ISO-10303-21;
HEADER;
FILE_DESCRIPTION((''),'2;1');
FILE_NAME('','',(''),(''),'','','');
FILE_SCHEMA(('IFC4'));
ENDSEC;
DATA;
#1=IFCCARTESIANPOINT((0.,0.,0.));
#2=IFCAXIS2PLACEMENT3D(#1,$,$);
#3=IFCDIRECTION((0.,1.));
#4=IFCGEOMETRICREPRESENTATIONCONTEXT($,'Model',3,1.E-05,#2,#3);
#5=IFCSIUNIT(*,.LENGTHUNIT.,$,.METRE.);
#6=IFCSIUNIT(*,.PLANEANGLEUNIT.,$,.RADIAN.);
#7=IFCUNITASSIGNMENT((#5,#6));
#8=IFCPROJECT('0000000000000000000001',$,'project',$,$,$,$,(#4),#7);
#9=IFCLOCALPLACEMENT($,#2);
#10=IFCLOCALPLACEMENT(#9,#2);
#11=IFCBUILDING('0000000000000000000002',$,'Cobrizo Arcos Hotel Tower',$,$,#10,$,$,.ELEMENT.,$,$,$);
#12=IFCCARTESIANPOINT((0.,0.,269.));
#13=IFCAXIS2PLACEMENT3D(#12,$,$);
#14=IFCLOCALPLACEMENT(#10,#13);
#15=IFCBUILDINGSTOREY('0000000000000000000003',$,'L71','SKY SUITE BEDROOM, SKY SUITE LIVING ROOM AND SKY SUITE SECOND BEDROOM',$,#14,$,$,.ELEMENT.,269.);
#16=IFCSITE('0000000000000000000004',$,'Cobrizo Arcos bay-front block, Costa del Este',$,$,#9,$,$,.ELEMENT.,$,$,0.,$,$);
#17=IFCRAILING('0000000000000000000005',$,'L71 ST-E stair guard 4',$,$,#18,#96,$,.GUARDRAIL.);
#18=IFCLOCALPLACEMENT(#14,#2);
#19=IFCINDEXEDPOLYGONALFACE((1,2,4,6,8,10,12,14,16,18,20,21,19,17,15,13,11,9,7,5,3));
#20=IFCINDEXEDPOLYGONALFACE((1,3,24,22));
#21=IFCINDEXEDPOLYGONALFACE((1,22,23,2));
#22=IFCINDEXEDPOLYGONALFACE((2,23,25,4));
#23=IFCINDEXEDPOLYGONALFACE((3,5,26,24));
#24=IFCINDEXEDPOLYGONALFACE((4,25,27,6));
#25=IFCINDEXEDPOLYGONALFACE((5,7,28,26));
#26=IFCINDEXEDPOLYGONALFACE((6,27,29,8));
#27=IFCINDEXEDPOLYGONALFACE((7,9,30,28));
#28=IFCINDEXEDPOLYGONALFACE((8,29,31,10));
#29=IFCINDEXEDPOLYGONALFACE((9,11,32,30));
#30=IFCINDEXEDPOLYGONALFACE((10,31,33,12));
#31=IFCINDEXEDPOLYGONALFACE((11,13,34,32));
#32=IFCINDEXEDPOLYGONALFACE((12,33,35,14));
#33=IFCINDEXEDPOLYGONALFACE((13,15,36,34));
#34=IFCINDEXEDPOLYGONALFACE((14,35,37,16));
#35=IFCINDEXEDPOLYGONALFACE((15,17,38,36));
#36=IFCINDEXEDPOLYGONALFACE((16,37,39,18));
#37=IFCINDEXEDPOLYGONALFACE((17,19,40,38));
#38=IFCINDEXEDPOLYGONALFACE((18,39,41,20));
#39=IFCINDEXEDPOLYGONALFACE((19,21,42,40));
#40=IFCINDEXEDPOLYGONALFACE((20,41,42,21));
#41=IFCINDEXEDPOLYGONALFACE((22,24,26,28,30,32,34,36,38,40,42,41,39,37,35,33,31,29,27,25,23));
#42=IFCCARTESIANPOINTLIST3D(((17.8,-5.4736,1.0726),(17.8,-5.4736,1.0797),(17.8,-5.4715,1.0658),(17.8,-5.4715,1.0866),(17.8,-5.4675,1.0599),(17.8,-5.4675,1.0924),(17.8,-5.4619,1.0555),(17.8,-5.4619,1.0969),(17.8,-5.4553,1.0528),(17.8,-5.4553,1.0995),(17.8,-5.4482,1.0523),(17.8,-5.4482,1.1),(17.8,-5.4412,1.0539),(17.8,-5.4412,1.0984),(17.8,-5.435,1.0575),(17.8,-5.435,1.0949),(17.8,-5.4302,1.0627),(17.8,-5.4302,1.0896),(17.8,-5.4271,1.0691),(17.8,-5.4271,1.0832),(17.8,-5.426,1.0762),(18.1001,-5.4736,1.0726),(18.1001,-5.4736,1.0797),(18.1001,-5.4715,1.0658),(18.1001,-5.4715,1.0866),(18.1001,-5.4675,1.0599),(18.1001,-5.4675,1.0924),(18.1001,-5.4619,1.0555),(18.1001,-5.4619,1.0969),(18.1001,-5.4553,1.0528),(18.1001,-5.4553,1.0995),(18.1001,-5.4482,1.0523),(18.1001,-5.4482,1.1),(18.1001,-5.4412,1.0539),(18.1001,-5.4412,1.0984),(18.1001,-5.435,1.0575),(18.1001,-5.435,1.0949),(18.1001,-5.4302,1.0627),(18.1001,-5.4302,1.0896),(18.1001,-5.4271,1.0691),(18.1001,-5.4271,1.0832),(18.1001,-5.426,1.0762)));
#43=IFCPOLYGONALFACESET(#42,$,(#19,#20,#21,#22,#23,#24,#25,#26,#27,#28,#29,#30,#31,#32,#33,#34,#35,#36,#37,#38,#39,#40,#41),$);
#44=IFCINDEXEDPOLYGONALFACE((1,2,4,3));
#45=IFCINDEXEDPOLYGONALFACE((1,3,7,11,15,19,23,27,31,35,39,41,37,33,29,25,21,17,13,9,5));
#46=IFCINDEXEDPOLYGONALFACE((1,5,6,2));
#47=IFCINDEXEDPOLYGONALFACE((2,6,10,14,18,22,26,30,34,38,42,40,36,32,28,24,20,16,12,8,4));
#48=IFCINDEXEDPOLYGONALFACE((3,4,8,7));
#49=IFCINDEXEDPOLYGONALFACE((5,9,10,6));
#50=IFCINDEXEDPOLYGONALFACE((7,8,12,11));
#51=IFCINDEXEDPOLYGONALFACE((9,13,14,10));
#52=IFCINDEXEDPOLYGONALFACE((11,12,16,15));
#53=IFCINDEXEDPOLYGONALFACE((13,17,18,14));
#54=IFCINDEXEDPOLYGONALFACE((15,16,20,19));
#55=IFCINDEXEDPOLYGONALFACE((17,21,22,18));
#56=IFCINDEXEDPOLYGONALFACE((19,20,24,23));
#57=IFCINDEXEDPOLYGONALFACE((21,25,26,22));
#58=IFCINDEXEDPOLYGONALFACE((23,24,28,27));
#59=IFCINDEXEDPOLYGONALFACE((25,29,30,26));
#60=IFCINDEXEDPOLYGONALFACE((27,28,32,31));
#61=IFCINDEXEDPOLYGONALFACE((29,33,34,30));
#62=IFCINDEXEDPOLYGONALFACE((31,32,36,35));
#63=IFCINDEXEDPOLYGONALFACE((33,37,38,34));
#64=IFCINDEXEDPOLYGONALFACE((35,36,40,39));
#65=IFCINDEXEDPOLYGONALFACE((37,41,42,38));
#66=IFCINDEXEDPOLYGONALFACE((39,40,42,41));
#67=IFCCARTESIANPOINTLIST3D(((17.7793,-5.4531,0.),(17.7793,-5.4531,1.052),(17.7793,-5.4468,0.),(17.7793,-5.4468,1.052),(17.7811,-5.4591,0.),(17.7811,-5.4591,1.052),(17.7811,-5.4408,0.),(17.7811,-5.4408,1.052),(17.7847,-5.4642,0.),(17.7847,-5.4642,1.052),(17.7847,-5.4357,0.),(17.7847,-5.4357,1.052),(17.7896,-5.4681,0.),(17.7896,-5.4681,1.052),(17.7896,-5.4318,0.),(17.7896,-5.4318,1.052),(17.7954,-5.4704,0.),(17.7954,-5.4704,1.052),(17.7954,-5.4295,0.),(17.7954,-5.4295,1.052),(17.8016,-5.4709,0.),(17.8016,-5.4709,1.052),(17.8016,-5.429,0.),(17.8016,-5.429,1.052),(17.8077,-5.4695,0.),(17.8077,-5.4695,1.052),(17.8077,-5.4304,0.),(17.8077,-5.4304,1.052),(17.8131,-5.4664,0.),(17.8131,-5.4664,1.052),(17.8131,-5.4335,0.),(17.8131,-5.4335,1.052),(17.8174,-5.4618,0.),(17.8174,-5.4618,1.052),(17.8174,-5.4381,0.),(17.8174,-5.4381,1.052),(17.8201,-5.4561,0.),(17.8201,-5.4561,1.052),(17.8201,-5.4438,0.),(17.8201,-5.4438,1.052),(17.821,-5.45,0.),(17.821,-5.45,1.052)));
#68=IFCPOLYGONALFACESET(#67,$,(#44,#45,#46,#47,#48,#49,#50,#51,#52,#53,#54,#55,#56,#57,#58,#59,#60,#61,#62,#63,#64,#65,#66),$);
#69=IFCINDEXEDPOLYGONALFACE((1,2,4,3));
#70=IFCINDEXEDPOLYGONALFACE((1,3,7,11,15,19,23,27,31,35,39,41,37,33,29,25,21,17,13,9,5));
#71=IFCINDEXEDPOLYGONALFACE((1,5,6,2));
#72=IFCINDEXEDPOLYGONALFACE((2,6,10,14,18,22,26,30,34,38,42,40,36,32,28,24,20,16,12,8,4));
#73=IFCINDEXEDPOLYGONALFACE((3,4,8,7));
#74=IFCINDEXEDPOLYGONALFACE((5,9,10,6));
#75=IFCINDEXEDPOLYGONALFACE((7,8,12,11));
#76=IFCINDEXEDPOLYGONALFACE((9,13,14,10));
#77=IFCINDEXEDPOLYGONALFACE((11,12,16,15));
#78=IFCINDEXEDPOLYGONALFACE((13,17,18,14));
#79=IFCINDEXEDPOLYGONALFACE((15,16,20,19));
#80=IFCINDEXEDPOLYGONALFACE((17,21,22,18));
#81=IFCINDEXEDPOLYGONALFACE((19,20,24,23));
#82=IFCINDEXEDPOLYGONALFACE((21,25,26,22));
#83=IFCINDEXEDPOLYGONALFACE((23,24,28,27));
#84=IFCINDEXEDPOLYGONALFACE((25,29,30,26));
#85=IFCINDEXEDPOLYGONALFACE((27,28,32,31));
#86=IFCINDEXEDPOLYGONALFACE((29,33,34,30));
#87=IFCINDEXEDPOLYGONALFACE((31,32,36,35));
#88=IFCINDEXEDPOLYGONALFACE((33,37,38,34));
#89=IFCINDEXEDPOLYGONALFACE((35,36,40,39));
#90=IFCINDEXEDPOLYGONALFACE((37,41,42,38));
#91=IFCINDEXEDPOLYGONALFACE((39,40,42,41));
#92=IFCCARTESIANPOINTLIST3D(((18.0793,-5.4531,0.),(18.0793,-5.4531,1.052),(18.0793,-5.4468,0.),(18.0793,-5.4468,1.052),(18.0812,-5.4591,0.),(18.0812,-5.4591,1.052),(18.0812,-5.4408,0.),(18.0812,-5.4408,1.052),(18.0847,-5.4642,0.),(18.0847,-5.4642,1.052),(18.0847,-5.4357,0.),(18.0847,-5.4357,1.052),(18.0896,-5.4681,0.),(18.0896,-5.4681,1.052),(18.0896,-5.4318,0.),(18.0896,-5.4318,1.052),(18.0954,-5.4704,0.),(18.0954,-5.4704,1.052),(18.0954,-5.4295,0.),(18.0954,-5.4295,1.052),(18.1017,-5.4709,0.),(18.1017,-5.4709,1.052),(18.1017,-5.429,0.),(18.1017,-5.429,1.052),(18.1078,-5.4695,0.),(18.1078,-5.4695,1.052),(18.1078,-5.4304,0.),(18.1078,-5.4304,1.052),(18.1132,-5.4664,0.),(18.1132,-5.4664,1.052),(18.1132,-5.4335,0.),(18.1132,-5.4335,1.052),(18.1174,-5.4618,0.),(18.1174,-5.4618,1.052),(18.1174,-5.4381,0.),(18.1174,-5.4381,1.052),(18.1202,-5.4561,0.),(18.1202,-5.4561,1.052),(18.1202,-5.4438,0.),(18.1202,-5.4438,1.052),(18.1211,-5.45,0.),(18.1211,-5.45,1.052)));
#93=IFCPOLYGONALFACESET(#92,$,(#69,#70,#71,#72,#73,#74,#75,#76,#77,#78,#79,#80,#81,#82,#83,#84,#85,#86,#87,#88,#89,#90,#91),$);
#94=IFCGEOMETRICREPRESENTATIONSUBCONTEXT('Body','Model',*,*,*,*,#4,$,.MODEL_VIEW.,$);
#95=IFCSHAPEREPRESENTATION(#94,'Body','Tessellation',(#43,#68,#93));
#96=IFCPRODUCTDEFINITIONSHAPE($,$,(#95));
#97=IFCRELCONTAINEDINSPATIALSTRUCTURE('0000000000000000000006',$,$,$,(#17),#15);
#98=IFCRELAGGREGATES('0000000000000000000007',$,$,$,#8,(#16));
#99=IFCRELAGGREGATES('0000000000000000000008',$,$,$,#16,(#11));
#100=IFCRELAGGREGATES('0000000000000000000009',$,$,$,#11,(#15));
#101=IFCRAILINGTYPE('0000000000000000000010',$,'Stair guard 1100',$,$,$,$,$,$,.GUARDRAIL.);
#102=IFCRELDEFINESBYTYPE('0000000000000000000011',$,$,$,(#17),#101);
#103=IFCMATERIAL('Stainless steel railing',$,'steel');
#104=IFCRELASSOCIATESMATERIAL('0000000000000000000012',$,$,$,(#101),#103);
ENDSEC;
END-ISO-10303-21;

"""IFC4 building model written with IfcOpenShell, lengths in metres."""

from ifc_helpers import new_model, si_unit, direction, frame, origin, origin_2d, place, context, subcontext, project, spatial, circle, extrude, material, type_object, element, save


model = new_model("IFC4")

# Units and contexts
model_context = context("Model", 3, precision=1e-05, world=origin(), true_north=direction((0.0, 1.0)))
body_context = subcontext(model_context, "Body", "Model", "MODEL_VIEW")
ifc_project = project(units=[si_unit("LENGTHUNIT", "METRE"), si_unit("PLANEANGLEUNIT", "RADIAN")], contexts=[model_context])

# Site, building, storey
site_placement = place(None, origin())
site = spatial("IfcSite", under=ifc_project, at=site_placement, Name="Cobrizo Arcos bay-front block, Costa del Este", CompositionType="ELEMENT", RefElevation=0.0)
building_placement = place(site_placement, origin())
building = spatial("IfcBuilding", under=site, at=building_placement, Name="Cobrizo Arcos Hotel Tower", CompositionType="ELEMENT")
storey_placement = place(building_placement, frame((0.0, 0.0, 269.0)))
storey = spatial("IfcBuildingStorey", under=building, at=storey_placement, Name="L71", Description="SKY SUITE BEDROOM, SKY SUITE LIVING ROOM AND SKY SUITE SECOND BEDROOM", CompositionType="ELEMENT", Elevation=269.0)

# Railing
ifc_material_1 = material(Name="Stainless steel railing", Category="steel")
railing_type_1 = type_object("IfcRailingType", Name="Stair guard 1100", PredefinedType="GUARDRAIL", material=ifc_material_1)
railing_1_placement = place(storey_placement, frame((17.8, -5.45, 0.0)))
element("IfcRailing", 1, at=railing_1_placement, inside=storey, type_object=railing_type_1, Name="L71 ST-E stair guard 4", PredefinedType="GUARDRAIL", context=body_context, shape_type="SweptSolid", body=[
    extrude(circle(Radius=0.0239, at=origin_2d()), frame((0.0, 0.0, 1.0762), z_axis=(1.0, 0.0, 0.0), x_axis=(0.0, 1.0, 0.0)), (0.0, 0.0, 1.0), 0.3),
    extrude(circle(Radius=0.021, at=origin_2d()), origin(), (0.0, 0.0, 1.0), 1.052),
    extrude(circle(Radius=0.021, at=origin_2d()), frame((0.3, 0.0, 0.0)), (0.0, 0.0, 1.0), 1.052),
])

save(model, "model.ifc")
